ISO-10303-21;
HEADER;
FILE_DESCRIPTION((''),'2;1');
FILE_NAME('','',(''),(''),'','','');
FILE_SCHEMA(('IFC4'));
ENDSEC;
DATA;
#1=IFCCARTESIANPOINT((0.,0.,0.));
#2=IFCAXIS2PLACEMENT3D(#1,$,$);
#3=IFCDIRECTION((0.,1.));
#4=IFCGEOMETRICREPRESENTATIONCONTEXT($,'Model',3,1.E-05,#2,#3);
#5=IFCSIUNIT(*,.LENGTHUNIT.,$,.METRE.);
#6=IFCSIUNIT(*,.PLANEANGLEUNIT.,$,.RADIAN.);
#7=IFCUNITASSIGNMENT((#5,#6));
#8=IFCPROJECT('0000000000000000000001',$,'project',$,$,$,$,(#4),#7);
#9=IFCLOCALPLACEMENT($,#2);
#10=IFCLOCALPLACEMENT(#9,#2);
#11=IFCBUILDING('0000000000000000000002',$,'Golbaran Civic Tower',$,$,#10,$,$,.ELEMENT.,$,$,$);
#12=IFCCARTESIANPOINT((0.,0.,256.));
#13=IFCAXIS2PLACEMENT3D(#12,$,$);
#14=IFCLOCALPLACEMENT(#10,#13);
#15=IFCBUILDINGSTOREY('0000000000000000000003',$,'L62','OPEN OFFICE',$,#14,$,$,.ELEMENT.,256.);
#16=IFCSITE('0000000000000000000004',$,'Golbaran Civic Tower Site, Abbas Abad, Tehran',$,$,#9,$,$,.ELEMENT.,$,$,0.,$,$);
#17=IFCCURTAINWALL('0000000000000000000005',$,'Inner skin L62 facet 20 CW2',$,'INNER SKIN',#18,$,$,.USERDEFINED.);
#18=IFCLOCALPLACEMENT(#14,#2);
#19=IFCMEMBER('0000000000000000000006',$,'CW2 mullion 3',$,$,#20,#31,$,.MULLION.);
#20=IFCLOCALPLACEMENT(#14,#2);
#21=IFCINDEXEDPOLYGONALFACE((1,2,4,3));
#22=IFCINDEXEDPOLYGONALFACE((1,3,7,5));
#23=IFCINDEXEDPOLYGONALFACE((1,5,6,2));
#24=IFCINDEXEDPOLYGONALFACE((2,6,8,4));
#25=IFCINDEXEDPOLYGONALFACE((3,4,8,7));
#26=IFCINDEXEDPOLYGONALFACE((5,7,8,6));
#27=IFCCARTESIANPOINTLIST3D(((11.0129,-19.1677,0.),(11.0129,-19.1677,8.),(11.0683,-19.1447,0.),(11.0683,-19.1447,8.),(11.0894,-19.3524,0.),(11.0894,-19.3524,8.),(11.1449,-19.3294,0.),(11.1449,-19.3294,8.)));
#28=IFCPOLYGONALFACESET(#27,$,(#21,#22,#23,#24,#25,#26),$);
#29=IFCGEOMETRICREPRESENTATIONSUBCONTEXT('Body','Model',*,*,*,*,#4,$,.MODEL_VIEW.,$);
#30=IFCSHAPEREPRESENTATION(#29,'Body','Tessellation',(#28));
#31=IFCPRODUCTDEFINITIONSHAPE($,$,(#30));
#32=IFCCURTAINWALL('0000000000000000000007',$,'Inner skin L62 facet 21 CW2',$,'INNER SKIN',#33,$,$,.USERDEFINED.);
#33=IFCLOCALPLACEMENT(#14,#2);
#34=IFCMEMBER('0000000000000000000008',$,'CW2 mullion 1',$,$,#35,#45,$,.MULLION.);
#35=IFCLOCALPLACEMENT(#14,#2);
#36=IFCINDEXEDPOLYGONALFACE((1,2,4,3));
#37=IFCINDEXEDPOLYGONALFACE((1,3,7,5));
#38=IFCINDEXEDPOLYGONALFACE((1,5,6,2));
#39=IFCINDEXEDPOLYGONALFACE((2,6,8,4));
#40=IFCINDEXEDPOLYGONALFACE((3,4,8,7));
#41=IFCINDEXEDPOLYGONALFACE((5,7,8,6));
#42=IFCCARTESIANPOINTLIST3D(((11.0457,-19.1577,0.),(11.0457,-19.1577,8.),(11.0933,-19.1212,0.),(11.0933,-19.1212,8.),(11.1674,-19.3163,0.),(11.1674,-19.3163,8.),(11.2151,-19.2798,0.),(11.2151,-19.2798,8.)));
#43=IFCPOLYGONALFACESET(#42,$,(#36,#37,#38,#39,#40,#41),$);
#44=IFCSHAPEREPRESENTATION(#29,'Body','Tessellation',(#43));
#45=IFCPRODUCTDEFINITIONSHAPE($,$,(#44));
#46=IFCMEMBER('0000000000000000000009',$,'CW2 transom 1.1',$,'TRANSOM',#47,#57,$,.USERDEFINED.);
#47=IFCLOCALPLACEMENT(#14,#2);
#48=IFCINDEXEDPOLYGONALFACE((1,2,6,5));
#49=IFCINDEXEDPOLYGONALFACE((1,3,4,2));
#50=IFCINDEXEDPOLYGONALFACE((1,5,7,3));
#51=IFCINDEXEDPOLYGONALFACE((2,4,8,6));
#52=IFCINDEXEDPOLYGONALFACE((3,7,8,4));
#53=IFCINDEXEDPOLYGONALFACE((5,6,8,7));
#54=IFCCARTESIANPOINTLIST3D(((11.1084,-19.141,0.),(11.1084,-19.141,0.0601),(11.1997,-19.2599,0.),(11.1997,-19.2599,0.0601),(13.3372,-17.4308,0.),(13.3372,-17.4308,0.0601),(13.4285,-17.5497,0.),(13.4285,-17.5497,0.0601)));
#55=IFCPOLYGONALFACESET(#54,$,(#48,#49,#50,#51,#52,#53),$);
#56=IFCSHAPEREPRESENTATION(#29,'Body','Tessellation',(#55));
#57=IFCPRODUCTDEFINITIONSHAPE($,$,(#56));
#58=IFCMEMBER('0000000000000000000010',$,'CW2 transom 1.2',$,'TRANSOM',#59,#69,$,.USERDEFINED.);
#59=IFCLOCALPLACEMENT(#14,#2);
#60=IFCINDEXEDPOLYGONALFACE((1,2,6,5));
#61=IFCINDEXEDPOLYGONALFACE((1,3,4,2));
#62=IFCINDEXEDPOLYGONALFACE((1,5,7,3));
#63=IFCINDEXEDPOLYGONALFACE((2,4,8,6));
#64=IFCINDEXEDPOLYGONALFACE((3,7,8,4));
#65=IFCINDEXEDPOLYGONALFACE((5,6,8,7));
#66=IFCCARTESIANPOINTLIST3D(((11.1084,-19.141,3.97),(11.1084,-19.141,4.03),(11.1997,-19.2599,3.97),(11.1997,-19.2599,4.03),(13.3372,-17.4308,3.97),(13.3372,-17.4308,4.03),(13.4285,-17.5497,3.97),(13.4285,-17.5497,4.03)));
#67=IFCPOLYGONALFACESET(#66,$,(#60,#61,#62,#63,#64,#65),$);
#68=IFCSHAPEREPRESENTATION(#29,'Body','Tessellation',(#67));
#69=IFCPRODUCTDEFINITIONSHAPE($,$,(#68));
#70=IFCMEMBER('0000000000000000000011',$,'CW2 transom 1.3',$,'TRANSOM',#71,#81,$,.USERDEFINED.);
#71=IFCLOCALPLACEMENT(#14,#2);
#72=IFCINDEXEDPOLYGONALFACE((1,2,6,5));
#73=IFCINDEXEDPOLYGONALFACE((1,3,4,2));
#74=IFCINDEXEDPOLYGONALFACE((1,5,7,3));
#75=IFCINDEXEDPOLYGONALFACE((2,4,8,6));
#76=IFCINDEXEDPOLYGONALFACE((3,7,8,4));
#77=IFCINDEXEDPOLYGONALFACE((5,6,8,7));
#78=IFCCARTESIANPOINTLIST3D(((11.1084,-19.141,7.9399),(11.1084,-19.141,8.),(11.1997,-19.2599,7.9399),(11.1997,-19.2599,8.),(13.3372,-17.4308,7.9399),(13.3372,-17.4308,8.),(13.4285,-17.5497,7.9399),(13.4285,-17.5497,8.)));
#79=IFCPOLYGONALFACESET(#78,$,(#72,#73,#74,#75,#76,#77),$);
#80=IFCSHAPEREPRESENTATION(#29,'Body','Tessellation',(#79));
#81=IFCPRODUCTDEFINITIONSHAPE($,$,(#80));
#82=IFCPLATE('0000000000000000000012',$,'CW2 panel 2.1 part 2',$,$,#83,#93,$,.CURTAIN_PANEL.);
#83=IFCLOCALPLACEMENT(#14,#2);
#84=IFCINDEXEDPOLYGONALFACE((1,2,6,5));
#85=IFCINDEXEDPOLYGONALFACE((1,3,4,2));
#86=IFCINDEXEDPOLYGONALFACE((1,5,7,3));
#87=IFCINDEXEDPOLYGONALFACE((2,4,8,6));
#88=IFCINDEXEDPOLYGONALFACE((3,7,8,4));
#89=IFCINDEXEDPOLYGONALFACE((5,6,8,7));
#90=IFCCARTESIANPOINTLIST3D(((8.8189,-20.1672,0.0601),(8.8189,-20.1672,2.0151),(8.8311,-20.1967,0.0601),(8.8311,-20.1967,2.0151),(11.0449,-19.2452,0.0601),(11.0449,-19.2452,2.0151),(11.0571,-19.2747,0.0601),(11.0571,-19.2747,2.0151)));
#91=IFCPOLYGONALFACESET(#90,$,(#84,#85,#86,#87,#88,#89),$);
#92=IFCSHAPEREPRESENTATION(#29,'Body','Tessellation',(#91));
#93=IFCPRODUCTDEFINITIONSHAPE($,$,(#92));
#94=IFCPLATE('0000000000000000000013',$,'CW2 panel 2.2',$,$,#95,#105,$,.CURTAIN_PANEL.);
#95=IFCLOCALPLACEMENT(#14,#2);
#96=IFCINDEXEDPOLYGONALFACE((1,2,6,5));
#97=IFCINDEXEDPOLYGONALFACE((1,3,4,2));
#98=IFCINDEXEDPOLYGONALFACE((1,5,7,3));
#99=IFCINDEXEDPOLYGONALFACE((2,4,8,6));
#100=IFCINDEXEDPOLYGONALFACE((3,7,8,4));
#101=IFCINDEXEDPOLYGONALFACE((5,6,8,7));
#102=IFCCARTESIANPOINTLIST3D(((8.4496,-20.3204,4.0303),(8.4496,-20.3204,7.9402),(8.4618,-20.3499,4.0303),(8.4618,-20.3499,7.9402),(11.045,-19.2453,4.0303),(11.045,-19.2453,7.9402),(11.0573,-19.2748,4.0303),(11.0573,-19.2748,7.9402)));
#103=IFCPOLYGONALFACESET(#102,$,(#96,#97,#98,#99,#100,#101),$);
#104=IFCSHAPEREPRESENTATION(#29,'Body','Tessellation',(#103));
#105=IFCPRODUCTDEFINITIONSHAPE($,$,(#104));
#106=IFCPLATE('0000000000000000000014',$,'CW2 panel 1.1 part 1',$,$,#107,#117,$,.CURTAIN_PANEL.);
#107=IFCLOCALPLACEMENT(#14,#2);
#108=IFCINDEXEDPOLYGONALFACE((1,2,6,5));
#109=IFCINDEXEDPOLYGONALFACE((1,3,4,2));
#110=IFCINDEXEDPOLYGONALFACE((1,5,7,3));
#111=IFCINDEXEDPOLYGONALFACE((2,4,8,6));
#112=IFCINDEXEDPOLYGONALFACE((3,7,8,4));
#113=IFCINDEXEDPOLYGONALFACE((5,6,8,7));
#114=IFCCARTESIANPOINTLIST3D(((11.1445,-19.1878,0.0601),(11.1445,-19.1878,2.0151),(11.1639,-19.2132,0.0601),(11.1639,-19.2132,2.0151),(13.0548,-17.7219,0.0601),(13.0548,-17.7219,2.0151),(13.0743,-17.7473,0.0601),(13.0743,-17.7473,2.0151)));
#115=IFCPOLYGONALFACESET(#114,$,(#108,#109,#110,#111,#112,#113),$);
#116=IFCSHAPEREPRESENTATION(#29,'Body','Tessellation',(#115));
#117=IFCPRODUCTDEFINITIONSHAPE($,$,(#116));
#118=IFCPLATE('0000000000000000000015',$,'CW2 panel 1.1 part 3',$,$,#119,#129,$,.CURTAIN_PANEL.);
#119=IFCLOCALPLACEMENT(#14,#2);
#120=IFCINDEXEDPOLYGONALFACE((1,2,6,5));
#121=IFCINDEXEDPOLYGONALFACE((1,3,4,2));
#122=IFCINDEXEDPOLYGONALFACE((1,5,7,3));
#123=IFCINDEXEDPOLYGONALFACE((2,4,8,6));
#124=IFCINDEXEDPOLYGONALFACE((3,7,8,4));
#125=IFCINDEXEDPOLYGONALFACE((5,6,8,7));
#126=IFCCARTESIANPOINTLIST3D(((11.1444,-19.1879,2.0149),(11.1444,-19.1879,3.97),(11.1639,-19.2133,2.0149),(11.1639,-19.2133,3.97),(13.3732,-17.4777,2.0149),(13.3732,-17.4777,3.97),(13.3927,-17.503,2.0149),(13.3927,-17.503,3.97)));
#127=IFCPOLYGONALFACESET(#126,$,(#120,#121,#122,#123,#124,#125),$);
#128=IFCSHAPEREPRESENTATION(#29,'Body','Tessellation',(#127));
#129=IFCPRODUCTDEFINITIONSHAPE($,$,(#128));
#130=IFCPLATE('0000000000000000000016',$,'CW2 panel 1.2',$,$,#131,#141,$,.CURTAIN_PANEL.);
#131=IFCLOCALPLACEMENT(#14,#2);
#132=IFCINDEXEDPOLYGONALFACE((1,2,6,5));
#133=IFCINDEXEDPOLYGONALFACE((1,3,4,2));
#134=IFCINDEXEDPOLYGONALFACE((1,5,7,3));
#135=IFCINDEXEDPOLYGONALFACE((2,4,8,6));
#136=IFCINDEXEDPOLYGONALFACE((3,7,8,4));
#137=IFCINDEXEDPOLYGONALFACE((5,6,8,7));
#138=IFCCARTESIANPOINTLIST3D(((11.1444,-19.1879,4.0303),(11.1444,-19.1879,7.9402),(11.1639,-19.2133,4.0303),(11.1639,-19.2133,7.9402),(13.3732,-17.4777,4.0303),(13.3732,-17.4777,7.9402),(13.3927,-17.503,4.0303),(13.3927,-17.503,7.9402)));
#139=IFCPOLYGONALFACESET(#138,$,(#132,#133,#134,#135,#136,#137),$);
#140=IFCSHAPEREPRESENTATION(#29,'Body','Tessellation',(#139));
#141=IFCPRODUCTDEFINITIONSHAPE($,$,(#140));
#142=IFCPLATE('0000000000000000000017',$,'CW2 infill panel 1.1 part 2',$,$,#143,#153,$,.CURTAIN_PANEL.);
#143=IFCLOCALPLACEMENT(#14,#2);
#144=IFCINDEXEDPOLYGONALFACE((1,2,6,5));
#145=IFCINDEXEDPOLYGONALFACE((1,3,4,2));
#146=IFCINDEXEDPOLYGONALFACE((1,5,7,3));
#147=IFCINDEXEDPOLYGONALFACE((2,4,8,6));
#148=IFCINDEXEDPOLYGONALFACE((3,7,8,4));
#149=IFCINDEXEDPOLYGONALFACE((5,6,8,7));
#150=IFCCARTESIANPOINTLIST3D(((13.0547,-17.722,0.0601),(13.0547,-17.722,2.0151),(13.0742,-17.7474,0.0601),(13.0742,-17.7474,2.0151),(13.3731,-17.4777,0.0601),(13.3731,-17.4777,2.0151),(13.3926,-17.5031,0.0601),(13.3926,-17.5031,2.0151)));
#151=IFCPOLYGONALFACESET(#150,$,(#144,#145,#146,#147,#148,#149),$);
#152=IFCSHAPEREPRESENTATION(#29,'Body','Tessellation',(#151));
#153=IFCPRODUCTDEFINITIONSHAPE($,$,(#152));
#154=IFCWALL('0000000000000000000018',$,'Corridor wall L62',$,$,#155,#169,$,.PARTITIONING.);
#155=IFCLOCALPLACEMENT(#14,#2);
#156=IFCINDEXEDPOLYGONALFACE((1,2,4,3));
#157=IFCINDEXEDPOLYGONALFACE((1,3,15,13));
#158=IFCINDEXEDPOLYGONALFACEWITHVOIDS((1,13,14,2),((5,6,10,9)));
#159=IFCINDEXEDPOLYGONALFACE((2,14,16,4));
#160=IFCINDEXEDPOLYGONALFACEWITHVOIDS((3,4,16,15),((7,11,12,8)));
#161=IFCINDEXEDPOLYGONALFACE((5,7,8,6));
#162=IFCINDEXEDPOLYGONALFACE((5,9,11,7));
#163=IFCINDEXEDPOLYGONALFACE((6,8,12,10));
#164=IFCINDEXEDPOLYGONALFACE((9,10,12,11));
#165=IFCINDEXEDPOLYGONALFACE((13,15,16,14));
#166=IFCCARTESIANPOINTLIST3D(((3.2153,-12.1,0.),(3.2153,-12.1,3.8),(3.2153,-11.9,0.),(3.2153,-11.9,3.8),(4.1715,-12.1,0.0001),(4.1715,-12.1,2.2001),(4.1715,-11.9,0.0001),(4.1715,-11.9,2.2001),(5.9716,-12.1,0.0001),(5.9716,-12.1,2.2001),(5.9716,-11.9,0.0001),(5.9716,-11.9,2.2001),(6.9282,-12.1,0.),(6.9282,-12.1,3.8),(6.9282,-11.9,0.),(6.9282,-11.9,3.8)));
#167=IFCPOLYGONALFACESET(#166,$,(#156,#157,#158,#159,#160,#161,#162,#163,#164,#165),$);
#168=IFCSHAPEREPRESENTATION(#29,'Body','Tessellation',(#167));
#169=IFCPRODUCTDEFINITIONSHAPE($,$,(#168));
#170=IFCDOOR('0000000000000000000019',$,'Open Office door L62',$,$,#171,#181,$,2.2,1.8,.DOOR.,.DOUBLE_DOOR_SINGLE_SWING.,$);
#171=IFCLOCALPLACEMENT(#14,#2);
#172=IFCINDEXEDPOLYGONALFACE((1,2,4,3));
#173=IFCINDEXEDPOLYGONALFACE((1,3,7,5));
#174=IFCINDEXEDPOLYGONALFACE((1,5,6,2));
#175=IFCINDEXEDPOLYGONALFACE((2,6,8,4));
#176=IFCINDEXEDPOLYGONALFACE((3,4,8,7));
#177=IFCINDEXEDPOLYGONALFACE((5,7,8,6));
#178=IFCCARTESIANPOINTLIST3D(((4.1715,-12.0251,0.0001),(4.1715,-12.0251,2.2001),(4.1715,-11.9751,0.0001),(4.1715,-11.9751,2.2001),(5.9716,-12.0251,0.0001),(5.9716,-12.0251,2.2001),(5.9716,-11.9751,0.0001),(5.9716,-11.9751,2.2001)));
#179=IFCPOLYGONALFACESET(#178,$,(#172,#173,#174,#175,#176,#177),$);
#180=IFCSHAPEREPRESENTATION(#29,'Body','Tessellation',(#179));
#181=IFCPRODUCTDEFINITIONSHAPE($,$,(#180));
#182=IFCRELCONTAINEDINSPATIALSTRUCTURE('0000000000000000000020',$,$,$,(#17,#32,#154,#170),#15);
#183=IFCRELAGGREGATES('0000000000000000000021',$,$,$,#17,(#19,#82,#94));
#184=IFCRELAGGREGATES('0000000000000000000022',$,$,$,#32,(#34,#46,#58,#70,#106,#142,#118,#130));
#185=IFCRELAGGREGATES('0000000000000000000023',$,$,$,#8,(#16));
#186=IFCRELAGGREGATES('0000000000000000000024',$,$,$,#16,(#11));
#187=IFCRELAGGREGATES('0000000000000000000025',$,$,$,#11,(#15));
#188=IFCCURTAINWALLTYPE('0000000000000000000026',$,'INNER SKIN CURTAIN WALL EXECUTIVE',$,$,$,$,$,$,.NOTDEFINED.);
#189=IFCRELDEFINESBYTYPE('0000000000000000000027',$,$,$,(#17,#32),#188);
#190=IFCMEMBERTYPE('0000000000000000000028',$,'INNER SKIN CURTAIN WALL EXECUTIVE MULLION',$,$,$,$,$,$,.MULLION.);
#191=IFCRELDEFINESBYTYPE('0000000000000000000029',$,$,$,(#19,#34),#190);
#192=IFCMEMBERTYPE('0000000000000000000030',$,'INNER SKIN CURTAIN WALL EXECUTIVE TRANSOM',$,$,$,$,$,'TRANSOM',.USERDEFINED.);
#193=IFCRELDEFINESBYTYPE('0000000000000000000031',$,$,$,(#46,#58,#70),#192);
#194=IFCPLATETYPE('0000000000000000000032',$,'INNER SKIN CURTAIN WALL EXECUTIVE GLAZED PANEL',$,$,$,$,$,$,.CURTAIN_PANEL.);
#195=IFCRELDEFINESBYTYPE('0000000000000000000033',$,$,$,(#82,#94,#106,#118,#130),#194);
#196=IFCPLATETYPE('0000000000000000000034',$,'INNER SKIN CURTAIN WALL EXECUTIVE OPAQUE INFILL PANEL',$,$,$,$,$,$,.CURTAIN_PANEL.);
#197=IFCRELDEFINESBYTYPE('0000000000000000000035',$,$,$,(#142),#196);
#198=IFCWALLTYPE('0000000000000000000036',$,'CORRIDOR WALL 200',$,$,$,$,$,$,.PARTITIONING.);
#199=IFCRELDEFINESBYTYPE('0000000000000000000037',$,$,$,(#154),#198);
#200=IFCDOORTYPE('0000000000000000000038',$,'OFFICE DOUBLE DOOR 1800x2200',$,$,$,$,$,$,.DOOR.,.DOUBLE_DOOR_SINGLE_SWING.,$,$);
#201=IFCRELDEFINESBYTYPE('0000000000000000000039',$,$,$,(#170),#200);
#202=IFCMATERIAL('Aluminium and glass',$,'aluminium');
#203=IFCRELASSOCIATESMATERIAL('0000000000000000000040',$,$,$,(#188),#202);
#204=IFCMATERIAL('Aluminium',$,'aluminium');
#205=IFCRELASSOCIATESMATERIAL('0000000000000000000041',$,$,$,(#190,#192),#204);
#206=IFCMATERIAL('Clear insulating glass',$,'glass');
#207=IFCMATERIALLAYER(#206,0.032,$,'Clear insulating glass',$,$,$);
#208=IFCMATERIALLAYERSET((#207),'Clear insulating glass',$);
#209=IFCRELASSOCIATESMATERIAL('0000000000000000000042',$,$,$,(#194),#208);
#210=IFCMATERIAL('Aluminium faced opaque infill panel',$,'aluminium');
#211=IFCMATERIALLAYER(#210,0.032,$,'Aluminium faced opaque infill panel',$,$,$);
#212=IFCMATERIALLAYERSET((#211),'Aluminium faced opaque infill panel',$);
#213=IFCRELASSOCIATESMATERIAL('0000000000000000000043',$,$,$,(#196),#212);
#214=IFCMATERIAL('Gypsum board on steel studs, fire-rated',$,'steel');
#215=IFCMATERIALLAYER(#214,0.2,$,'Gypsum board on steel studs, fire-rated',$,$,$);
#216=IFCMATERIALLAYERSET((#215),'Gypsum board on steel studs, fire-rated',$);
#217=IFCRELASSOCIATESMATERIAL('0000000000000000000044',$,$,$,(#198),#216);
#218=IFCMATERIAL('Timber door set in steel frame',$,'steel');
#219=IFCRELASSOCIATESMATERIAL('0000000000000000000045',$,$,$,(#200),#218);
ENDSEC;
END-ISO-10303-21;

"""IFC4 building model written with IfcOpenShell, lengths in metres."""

from ifc_helpers import new_model, si_unit, direction, frame, frame_2d, origin, origin_2d, place, context, subcontext, project, spatial, rectangle, extrude, material, layer, layer_set, material_profile, profile_set, type_object, element, fill, aggregate, save


model = new_model("IFC4")

# Units and contexts
model_context = context("Model", 3, precision=1e-05, world=origin(), true_north=direction((0.0, 1.0)))
body_context = subcontext(model_context, "Body", "Model", "MODEL_VIEW")
ifc_project = project(units=[si_unit("LENGTHUNIT", "METRE"), si_unit("PLANEANGLEUNIT", "RADIAN")], contexts=[model_context])

# Site, building, storey
site_placement = place(None, origin())
site = spatial("IfcSite", under=ifc_project, at=site_placement, Name="Golbaran Civic Tower Site, Abbas Abad, Tehran", CompositionType="ELEMENT", RefElevation=0.0)
building_placement = place(site_placement, origin())
building = spatial("IfcBuilding", under=site, at=building_placement, Name="Golbaran Civic Tower", CompositionType="ELEMENT")
storey_placement = place(building_placement, frame((0.0, 0.0, 256.0)))
storey = spatial("IfcBuildingStorey", under=building, at=storey_placement, Name="L62", Description="OPEN OFFICE", CompositionType="ELEMENT", Elevation=256.0)

# Curtain wall, member
ifc_material_1 = material(Name="Aluminium and glass", Category="aluminium")
curtain_wall_type = type_object("IfcCurtainWallType", Name="INNER SKIN CURTAIN WALL EXECUTIVE", PredefinedType="NOTDEFINED", material=ifc_material_1)
curtain_wall_1_placement = place(storey_placement, origin())
curtain_wall_1 = element("IfcCurtainWall", 1, at=curtain_wall_1_placement, inside=storey, type_object=curtain_wall_type, Name="Inner skin L62 facet 20 CW2", ObjectType="INNER SKIN", PredefinedType="USERDEFINED")
ifc_material_2 = material(Name="Aluminium", Category="aluminium")
ifc_material_profile_1 = material_profile(ifc_material_2, rectangle(XDim=0.2, YDim=0.0601, at=origin_2d()), Name="INNER SKIN CURTAIN WALL EXECUTIVE MULLION")
ifc_profile_set_1 = profile_set([ifc_material_profile_1], Name="Aluminium")
member_type_1 = type_object("IfcMemberType", Name="INNER SKIN CURTAIN WALL EXECUTIVE MULLION", PredefinedType="MULLION", material=ifc_profile_set_1)
member_1_placement = place(storey_placement, frame((11.0789, -19.2485, 0.0), z_axis=(0.0, 0.0, 1.0), x_axis=(-0.382683, 0.92388, 0.0)))
member_1 = element("IfcMember", 2, at=member_1_placement, type_object=member_type_1, Name="CW2 mullion 3", PredefinedType="MULLION", context=body_context, shape_type="SweptSolid", body=[
    extrude(rectangle(XDim=0.2, YDim=0.0601, at=origin_2d()), origin(), (0.0, 0.0, 1.0), 8.0),
])

# Curtain wall, members
curtain_wall_2_placement = place(storey_placement, origin())
curtain_wall_2 = element("IfcCurtainWall", 3, at=curtain_wall_2_placement, inside=storey, type_object=curtain_wall_type, Name="Inner skin L62 facet 21 CW2", ObjectType="INNER SKIN", PredefinedType="USERDEFINED")
member_2_placement = place(storey_placement, frame((11.1304, -19.2188, 0.0), z_axis=(0.0, 0.0, 1.0), x_axis=(-0.608761, 0.793353, 0.0)))
member_2 = element("IfcMember", 4, at=member_2_placement, type_object=member_type_1, Name="CW2 mullion 1", PredefinedType="MULLION", context=body_context, shape_type="SweptSolid", body=[
    extrude(rectangle(XDim=0.2, YDim=0.0601, at=origin_2d()), origin(), (0.0, 0.0, 1.0), 8.0),
])
ifc_material_profile_2 = material_profile(ifc_material_2, rectangle(XDim=0.1499, YDim=0.0601, at=origin_2d()), Name="INNER SKIN CURTAIN WALL EXECUTIVE TRANSOM")
ifc_profile_set_2 = profile_set([ifc_material_profile_2], Name="Aluminium")
member_type_2 = type_object("IfcMemberType", Name="INNER SKIN CURTAIN WALL EXECUTIVE TRANSOM", ElementType="TRANSOM", PredefinedType="USERDEFINED", material=ifc_profile_set_2)
member_3_placement = place(storey_placement, frame((11.1541, -19.2004, 0.03), z_axis=(0.79335, 0.608765, 0.0), x_axis=(-0.608765, 0.79335, 0.0)))
member_3 = element("IfcMember", 5, at=member_3_placement, type_object=member_type_2, Name="CW2 transom 1.1", ObjectType="TRANSOM", PredefinedType="USERDEFINED", context=body_context, shape_type="SweptSolid", body=[
    extrude(rectangle(XDim=0.1499, YDim=0.0601, at=origin_2d()), origin(), (0.0, 0.0, 1.0), 2.8093),
])
member_4_placement = place(storey_placement, frame((11.1541, -19.2004, 4.0), z_axis=(0.79335, 0.608765, 0.0), x_axis=(-0.608765, 0.79335, 0.0)))
member_4 = element("IfcMember", 6, at=member_4_placement, type_object=member_type_2, Name="CW2 transom 1.2", ObjectType="TRANSOM", PredefinedType="USERDEFINED", context=body_context, shape_type="SweptSolid", body=[
    extrude(rectangle(XDim=0.1499, YDim=0.0601, at=origin_2d()), origin(), (0.0, 0.0, 1.0), 2.8093),
])
member_5_placement = place(storey_placement, frame((11.1541, -19.2004, 7.97), z_axis=(0.79335, 0.608765, 0.0), x_axis=(-0.608765, 0.79335, 0.0)))
member_5 = element("IfcMember", 7, at=member_5_placement, type_object=member_type_2, Name="CW2 transom 1.3", ObjectType="TRANSOM", PredefinedType="USERDEFINED", context=body_context, shape_type="SweptSolid", body=[
    extrude(rectangle(XDim=0.1499, YDim=0.0601, at=origin_2d()), origin(), (0.0, 0.0, 1.0), 2.8093),
])

# Plates
ifc_material_3 = material(Name="Clear insulating glass", Category="glass")
ifc_layer_1 = layer(ifc_material_3, 0.032, Name="Clear insulating glass")
ifc_layer_set_1 = layer_set([ifc_layer_1], Name="Clear insulating glass")
plate_type_1 = type_object("IfcPlateType", Name="INNER SKIN CURTAIN WALL EXECUTIVE GLAZED PANEL", PredefinedType="CURTAIN_PANEL", material=ifc_layer_set_1)
plate_1_placement = place(storey_placement, frame((9.938, -19.7209, 0.0601), z_axis=(0.0, 0.0, 1.0), x_axis=(0.92388, 0.382683, 0.0)))
plate_1 = element("IfcPlate", 8, at=plate_1_placement, type_object=plate_type_1, Name="CW2 panel 2.1 part 2", PredefinedType="CURTAIN_PANEL", context=body_context, shape_type="SweptSolid", body=[
    extrude(rectangle(XDim=2.4094, YDim=0.032, at=origin_2d()), origin(), (0.0, 0.0, 1.0), 1.9551),
])
plate_2_placement = place(storey_placement, frame((9.7534, -19.7976, 4.0303), z_axis=(0.0, 0.0, 1.0), x_axis=(0.92388, 0.382683, 0.0)))
plate_2 = element("IfcPlate", 9, at=plate_2_placement, type_object=plate_type_1, Name="CW2 panel 2.2", PredefinedType="CURTAIN_PANEL", context=body_context, shape_type="SweptSolid", body=[
    extrude(rectangle(XDim=2.8093, YDim=0.032, at=origin_2d()), origin(), (0.0, 0.0, 1.0), 3.9099),
])
aggregate(curtain_wall_1, [member_1, plate_1, plate_2])
plate_3_placement = place(storey_placement, frame((12.1094, -18.4675, 0.0601), z_axis=(0.0, 0.0, 1.0), x_axis=(0.793353, 0.608761, 0.0)))
plate_3 = element("IfcPlate", 10, at=plate_3_placement, type_object=plate_type_1, Name="CW2 panel 1.1 part 1", PredefinedType="CURTAIN_PANEL", context=body_context, shape_type="SweptSolid", body=[
    extrude(rectangle(XDim=2.408, YDim=0.032, at=origin_2d()), origin(), (0.0, 0.0, 1.0), 1.9551),
])
plate_4_placement = place(storey_placement, frame((12.2686, -18.3455, 2.0149), z_axis=(0.0, 0.0, 1.0), x_axis=(0.793353, 0.608761, 0.0)))
plate_4 = element("IfcPlate", 11, at=plate_4_placement, type_object=plate_type_1, Name="CW2 panel 1.1 part 3", PredefinedType="CURTAIN_PANEL", context=body_context, shape_type="SweptSolid", body=[
    extrude(rectangle(XDim=2.8093, YDim=0.032, at=origin_2d()), origin(), (0.0, 0.0, 1.0), 1.9551),
])
plate_5_placement = place(storey_placement, frame((12.2686, -18.3455, 4.0303), z_axis=(0.0, 0.0, 1.0), x_axis=(0.793353, 0.608761, 0.0)))
plate_5 = element("IfcPlate", 12, at=plate_5_placement, type_object=plate_type_1, Name="CW2 panel 1.2", PredefinedType="CURTAIN_PANEL", context=body_context, shape_type="SweptSolid", body=[
    extrude(rectangle(XDim=2.8093, YDim=0.032, at=origin_2d()), origin(), (0.0, 0.0, 1.0), 3.9099),
])
ifc_material_4 = material(Name="Aluminium faced opaque infill panel", Category="aluminium")
ifc_layer_2 = layer(ifc_material_4, 0.032, Name="Aluminium faced opaque infill panel")
ifc_layer_set_2 = layer_set([ifc_layer_2], Name="Aluminium faced opaque infill panel")
plate_type_2 = type_object("IfcPlateType", Name="INNER SKIN CURTAIN WALL EXECUTIVE OPAQUE INFILL PANEL", PredefinedType="CURTAIN_PANEL", material=ifc_layer_set_2)
plate_6_placement = place(storey_placement, frame((13.2236, -17.6125, 0.0601), z_axis=(0.0, 0.0, 1.0), x_axis=(0.793353, 0.608761, 0.0)))
plate_6 = element("IfcPlate", 13, at=plate_6_placement, type_object=plate_type_2, Name="CW2 infill panel 1.1 part 2", PredefinedType="CURTAIN_PANEL", context=body_context, shape_type="SweptSolid", body=[
    extrude(rectangle(XDim=0.4014, YDim=0.032, at=origin_2d()), origin(), (0.0, 0.0, 1.0), 1.9551),
])
aggregate(curtain_wall_2, [member_2, member_3, member_4, member_5, plate_3, plate_6, plate_4, plate_5])

# Wall, opening, door
ifc_material_5 = material(Name="Gypsum board on steel studs, fire-rated", Category="steel")
ifc_layer_3 = layer(ifc_material_5, 0.2, Name="Gypsum board on steel studs, fire-rated")
ifc_layer_set_3 = layer_set([ifc_layer_3], Name="Gypsum board on steel studs, fire-rated")
wall_type_1 = type_object("IfcWallType", Name="CORRIDOR WALL 200", PredefinedType="PARTITIONING", material=ifc_layer_set_3)
wall_1_placement = place(storey_placement, frame((3.2153, -12.0, 0.0), z_axis=(0.0, 0.0, 1.0), x_axis=(1.0, 0.0, 0.0)))
wall_1 = element("IfcWall", 14, at=wall_1_placement, inside=storey, type_object=wall_type_1, Name="Corridor wall L62", PredefinedType="PARTITIONING", context=body_context, shape_type="SweptSolid", body=[
    extrude(rectangle(XDim=3.7129, YDim=0.2, at=frame_2d((1.8564, 0.0))), origin(), (0.0, 0.0, 1.0), 3.8),
])
opening_placement = place(wall_1_placement, frame((0.9563, 0.0, 0.0)))
opening = element("IfcOpeningElement", 15, at=opening_placement, cuts=wall_1, PredefinedType="OPENING", context=body_context, shape_type="SweptSolid", body=[
    extrude(rectangle(XDim=1.8, YDim=2.2, at=frame_2d((0.8999, 1.1001))), frame((0.0, 0.1099, 0.0), z_axis=(0.0, -1.0, 0.0), x_axis=(1.0, 0.0, 0.0)), (0.0, 0.0, 1.0), 0.22),
])
ifc_material_6 = material(Name="Timber door set in steel frame", Category="steel")
door_type = type_object("IfcDoorType", Name="OFFICE DOUBLE DOOR 1800x2200", OperationType="DOUBLE_DOOR_SINGLE_SWING", PredefinedType="DOOR", material=ifc_material_6)
door_placement = place(opening_placement, origin())
door = element("IfcDoor", 16, at=door_placement, inside=storey, type_object=door_type, Name="Open Office door L62", OperationType="DOUBLE_DOOR_SINGLE_SWING", OverallHeight=2.2, OverallWidth=1.8, PredefinedType="DOOR", context=body_context, shape_type="SweptSolid", body=[
    extrude(rectangle(XDim=1.8, YDim=2.2, at=frame_2d((0.8999, 1.1001))), frame((0.0, 0.0249, 0.0), z_axis=(0.0, -1.0, 0.0), x_axis=(1.0, 0.0, 0.0)), (0.0, 0.0, 1.0), 0.05),
])
fill(opening, door)

save(model, "model.ifc")
